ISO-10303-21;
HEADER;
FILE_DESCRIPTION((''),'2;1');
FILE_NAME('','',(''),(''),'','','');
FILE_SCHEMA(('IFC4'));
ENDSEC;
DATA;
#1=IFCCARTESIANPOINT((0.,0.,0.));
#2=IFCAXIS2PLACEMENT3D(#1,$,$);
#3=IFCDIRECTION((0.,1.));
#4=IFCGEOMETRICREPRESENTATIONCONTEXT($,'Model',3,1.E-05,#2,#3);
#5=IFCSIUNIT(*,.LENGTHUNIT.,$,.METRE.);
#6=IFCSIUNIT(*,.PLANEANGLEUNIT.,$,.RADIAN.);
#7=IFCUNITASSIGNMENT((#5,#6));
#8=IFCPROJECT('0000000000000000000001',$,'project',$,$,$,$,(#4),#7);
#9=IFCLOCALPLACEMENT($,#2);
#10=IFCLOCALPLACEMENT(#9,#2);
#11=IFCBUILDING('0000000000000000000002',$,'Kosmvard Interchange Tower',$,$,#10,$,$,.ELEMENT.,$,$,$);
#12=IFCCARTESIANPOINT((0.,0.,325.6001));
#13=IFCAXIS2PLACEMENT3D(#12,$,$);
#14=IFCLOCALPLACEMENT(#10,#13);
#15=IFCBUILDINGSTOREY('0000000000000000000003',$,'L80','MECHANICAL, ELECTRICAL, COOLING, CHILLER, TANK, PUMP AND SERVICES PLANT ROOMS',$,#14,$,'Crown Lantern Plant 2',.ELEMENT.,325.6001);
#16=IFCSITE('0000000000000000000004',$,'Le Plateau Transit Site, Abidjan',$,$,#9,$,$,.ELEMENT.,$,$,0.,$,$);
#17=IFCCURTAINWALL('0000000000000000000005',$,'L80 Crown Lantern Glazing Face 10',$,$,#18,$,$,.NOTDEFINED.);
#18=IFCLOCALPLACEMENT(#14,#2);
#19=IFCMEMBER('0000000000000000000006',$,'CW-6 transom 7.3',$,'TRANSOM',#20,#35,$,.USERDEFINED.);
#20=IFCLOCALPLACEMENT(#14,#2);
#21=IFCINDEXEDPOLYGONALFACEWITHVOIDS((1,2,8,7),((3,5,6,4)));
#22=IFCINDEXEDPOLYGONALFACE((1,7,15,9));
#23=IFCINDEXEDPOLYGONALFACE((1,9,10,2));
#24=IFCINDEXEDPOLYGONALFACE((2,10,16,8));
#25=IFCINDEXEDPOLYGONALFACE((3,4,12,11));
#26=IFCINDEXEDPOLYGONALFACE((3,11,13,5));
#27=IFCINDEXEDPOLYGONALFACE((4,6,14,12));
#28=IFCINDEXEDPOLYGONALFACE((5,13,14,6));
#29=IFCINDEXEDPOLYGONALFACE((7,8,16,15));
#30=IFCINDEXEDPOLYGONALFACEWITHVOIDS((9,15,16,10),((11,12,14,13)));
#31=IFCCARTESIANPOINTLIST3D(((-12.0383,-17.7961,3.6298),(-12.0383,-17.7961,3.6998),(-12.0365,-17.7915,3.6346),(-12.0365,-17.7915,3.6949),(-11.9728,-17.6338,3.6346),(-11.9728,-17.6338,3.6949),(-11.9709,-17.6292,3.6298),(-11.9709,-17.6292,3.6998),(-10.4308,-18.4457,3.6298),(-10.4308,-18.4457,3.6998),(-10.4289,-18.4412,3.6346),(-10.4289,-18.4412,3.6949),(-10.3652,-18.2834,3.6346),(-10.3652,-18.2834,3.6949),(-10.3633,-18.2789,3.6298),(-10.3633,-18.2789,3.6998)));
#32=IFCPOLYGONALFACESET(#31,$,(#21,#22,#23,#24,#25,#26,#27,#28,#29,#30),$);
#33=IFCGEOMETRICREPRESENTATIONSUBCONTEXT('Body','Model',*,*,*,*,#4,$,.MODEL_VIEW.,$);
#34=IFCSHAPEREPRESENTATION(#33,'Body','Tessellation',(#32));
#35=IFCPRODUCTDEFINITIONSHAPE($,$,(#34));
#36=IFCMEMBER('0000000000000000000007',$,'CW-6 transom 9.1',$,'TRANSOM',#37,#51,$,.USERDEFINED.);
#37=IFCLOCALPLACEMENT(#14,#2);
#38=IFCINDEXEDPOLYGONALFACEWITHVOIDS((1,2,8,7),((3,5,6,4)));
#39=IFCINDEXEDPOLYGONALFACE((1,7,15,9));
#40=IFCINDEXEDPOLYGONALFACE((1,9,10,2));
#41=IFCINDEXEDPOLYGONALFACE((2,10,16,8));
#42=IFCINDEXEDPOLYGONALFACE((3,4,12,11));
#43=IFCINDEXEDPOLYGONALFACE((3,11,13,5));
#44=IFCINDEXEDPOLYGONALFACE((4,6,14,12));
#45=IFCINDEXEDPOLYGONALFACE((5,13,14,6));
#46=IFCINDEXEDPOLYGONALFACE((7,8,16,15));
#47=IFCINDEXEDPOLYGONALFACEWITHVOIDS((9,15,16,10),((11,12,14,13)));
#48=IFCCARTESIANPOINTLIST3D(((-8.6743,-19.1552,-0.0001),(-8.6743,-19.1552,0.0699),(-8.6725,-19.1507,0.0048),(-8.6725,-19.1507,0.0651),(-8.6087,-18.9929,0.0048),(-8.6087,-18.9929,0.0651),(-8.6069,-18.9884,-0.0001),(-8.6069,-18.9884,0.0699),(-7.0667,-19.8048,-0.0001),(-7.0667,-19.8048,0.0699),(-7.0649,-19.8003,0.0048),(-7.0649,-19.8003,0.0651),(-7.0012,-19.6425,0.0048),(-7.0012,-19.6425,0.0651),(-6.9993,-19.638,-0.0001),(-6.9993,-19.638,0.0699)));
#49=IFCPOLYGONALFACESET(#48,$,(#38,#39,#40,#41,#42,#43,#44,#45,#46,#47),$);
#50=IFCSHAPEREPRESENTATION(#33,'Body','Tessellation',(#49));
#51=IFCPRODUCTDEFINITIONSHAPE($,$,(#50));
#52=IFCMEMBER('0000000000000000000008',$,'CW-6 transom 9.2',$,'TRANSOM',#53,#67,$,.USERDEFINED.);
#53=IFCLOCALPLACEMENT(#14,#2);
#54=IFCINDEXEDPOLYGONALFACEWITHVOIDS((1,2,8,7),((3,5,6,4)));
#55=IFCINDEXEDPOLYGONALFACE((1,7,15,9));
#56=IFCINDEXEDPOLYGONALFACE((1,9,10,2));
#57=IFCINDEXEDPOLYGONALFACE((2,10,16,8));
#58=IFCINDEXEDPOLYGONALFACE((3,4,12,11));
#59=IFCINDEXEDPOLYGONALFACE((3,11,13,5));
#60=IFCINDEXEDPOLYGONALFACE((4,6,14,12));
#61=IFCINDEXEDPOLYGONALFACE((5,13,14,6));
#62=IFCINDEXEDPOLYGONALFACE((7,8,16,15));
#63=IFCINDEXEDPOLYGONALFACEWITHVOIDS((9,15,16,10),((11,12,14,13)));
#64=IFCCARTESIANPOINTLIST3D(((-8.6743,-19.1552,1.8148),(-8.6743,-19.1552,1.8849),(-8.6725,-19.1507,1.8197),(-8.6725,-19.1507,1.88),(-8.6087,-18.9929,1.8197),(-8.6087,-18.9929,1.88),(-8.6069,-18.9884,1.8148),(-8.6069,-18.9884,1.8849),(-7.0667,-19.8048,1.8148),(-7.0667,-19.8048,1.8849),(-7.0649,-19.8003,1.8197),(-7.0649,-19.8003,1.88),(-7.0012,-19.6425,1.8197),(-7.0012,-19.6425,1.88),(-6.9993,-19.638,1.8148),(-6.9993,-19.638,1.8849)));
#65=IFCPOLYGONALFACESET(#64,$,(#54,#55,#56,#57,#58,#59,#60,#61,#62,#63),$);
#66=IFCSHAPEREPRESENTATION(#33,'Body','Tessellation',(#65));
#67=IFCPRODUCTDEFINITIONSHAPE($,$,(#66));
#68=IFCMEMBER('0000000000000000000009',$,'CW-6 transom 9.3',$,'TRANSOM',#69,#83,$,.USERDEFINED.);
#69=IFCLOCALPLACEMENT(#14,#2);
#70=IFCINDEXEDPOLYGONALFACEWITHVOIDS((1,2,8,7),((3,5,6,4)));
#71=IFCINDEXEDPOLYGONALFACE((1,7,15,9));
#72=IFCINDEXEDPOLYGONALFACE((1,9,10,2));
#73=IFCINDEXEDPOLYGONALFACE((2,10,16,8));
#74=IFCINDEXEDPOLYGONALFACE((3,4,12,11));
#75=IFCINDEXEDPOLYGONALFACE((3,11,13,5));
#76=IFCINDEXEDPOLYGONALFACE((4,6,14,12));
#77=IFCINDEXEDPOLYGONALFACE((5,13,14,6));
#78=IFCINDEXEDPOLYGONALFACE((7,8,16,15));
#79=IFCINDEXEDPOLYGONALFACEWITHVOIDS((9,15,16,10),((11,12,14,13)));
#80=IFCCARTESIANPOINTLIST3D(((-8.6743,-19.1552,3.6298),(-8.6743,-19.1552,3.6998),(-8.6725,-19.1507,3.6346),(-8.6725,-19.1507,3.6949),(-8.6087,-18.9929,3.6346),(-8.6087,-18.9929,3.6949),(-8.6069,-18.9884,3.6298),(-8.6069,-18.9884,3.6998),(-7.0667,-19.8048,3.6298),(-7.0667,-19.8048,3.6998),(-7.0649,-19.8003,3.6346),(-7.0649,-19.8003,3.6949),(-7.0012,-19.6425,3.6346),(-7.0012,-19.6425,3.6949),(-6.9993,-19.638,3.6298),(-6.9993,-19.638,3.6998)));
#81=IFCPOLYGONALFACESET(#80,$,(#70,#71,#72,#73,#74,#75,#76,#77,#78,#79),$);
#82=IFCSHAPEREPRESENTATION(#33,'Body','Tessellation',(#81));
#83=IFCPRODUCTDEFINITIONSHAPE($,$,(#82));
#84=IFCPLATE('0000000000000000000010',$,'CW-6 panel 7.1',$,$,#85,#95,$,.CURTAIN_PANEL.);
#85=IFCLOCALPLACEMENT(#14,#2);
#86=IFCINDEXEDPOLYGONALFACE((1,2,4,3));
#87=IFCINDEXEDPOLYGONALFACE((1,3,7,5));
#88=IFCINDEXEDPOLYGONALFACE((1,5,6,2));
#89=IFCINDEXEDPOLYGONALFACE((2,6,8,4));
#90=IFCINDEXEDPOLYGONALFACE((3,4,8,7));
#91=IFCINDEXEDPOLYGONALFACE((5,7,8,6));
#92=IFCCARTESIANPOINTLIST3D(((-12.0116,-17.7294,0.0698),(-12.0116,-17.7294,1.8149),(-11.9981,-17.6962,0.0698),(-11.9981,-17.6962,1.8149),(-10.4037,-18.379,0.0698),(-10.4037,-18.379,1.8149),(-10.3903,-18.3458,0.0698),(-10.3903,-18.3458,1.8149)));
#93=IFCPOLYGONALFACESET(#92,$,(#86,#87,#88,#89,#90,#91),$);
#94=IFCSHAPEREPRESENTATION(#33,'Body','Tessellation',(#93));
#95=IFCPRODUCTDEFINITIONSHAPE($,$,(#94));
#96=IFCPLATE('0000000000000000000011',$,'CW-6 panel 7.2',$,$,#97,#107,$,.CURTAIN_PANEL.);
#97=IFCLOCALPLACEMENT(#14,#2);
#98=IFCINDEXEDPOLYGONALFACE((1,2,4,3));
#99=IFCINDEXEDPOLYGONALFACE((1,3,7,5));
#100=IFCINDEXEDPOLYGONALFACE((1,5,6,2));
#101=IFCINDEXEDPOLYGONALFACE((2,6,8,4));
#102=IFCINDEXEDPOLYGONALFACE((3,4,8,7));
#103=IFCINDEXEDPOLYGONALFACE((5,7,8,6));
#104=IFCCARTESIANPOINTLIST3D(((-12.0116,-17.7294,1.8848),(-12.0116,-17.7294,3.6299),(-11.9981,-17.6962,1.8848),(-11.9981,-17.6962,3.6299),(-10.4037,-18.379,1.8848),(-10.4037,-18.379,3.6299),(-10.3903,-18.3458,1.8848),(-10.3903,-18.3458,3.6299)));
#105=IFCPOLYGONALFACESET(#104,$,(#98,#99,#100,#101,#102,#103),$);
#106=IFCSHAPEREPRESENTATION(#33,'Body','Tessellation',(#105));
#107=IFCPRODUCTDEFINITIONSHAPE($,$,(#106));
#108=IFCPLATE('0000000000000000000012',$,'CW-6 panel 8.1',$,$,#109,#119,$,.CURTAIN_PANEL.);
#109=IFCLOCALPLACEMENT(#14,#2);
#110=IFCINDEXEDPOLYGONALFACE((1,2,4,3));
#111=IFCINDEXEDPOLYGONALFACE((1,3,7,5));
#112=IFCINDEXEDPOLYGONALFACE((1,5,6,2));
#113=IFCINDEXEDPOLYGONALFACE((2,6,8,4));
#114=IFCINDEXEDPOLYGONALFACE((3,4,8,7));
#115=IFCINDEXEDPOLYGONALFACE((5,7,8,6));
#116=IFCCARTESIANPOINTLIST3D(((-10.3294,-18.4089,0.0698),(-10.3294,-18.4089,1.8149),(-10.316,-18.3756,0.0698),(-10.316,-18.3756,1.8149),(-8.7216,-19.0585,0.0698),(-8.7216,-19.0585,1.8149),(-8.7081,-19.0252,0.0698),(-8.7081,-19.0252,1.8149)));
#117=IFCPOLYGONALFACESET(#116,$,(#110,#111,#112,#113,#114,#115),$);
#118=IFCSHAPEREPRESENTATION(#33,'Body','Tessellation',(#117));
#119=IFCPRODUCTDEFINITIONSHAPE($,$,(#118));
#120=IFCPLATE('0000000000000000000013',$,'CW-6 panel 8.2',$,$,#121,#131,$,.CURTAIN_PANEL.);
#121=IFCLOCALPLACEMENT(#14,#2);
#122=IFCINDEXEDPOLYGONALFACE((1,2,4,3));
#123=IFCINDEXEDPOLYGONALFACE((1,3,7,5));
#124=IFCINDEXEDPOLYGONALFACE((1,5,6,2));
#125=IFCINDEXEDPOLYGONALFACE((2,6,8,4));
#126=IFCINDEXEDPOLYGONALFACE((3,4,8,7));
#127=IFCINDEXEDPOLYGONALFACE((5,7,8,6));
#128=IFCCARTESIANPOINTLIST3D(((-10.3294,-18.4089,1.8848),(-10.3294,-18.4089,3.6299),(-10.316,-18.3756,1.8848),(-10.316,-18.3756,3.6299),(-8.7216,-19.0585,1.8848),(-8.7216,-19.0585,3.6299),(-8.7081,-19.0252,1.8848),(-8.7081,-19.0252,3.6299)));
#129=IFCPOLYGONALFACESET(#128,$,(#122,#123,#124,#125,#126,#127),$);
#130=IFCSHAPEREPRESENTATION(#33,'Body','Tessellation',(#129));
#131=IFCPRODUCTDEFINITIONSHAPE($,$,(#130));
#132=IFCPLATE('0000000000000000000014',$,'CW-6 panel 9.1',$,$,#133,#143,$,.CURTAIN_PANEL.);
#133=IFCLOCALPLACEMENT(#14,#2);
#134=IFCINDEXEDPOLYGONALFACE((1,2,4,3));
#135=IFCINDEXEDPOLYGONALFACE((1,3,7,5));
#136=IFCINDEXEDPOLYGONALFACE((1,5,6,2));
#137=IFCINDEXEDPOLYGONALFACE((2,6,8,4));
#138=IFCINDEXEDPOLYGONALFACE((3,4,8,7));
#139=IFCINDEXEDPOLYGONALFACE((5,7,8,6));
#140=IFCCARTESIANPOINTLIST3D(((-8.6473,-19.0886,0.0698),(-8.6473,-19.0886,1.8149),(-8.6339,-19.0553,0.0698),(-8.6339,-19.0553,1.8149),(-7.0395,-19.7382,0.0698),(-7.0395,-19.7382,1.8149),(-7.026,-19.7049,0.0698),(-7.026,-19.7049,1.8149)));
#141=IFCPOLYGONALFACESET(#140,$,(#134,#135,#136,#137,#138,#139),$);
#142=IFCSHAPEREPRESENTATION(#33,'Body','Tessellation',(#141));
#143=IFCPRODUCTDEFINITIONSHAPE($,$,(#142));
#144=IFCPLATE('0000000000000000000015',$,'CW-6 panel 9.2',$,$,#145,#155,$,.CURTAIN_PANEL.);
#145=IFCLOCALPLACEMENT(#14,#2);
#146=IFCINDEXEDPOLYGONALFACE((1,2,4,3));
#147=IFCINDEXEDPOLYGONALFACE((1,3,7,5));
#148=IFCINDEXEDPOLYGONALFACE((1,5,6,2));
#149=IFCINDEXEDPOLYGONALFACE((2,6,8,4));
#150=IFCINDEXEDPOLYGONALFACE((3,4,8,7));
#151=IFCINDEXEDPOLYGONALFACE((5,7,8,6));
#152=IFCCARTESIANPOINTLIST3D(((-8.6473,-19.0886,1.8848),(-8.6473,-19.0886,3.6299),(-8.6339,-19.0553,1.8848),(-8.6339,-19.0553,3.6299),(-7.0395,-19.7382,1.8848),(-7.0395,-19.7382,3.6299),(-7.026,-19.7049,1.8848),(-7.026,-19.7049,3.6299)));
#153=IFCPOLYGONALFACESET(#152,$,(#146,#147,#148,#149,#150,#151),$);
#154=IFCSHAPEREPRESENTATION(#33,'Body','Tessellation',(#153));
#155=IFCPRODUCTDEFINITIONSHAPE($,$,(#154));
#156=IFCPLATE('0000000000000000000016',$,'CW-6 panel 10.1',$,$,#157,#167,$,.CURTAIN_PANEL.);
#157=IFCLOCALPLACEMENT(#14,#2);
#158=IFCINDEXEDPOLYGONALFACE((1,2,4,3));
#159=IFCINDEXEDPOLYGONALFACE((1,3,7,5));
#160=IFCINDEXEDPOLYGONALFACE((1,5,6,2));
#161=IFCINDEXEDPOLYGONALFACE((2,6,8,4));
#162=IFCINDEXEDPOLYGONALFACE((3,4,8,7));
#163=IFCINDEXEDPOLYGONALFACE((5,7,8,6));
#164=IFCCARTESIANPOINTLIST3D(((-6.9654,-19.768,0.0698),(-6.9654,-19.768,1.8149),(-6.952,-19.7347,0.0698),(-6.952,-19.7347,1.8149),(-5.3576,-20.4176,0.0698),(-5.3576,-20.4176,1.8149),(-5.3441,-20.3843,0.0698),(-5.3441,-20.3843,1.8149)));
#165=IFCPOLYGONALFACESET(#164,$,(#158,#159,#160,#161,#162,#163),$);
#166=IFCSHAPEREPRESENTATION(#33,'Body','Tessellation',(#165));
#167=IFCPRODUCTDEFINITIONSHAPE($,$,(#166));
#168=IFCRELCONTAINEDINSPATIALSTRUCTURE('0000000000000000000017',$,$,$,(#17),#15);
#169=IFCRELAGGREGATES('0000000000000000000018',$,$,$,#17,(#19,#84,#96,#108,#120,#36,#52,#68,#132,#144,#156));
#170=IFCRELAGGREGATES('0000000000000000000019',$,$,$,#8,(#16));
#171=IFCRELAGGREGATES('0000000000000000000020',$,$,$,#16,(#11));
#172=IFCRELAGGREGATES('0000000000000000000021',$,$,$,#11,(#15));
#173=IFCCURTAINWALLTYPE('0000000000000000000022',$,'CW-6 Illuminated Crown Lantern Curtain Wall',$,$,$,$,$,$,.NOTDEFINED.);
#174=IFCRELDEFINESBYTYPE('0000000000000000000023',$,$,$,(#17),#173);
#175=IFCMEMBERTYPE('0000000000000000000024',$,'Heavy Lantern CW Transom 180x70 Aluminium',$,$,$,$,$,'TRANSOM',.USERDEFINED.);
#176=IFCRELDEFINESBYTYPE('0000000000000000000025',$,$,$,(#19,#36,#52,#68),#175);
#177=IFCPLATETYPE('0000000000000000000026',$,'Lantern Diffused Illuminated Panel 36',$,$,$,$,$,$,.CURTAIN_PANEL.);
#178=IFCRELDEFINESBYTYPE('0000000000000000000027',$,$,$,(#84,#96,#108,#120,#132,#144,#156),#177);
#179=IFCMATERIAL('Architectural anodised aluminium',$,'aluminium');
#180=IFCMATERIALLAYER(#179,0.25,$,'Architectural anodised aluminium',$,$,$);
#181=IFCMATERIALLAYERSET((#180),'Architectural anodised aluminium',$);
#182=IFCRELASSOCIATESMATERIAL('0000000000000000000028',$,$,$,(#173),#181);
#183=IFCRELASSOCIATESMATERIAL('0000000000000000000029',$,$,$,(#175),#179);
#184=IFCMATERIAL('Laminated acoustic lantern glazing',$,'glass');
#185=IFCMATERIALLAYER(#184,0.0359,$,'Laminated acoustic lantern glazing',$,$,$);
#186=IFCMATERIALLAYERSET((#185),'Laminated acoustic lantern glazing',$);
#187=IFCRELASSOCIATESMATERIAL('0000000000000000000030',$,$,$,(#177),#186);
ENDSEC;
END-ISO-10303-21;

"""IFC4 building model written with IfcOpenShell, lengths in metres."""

from ifc_helpers import new_model, si_unit, direction, frame, origin, origin_2d, place, context, subcontext, project, spatial, rectangle, hollow_rectangle, extrude, source, transform, mapped, material, layer, layer_set, material_profile, profile_set, type_object, element, aggregate, save


model = new_model("IFC4")

# Units and contexts
model_context = context("Model", 3, precision=1e-05, world=origin(), true_north=direction((0.0, 1.0)))
body_context = subcontext(model_context, "Body", "Model", "MODEL_VIEW")
ifc_project = project(units=[si_unit("LENGTHUNIT", "METRE"), si_unit("PLANEANGLEUNIT", "RADIAN")], contexts=[model_context])

# Site, building, storey
site_placement = place(None, origin())
site = spatial("IfcSite", under=ifc_project, at=site_placement, Name="Le Plateau Transit Site, Abidjan", CompositionType="ELEMENT", RefElevation=0.0)
building_placement = place(site_placement, origin())
building = spatial("IfcBuilding", under=site, at=building_placement, Name="Kosmvard Interchange Tower", CompositionType="ELEMENT")
storey_placement = place(building_placement, frame((0.0, 0.0, 325.6001)))
storey = spatial("IfcBuildingStorey", under=building, at=storey_placement, Name="L80", Description="MECHANICAL, ELECTRICAL, COOLING, CHILLER, TANK, PUMP AND SERVICES PLANT ROOMS", LongName="Crown Lantern Plant 2", CompositionType="ELEMENT", Elevation=325.6001)

# Curtain wall, members, plates
ifc_material_1 = material(Name="Architectural anodised aluminium", Category="aluminium")
ifc_layer_1 = layer(ifc_material_1, 0.25, Name="Architectural anodised aluminium")
ifc_layer_set_1 = layer_set([ifc_layer_1], Name="Architectural anodised aluminium")
curtain_wall_type = type_object("IfcCurtainWallType", Name="CW-6 Illuminated Crown Lantern Curtain Wall", PredefinedType="NOTDEFINED", material=ifc_layer_set_1)
curtain_wall_placement = place(storey_placement, origin())
curtain_wall = element("IfcCurtainWall", 1, at=curtain_wall_placement, inside=storey, type_object=curtain_wall_type, Name="L80 Crown Lantern Glazing Face 10", PredefinedType="NOTDEFINED")
ifc_material_profile_1 = material_profile(ifc_material_1, hollow_rectangle(XDim=0.1799, YDim=0.0701, WallThickness=0.0049, at=origin_2d()), Name="CWT 180x70x5")
ifc_profile_set_1 = profile_set([ifc_material_profile_1], Name="Architectural anodised aluminium")
member_type_1 = type_object("IfcMemberType", Name="Heavy Lantern CW Transom 180x70 Aluminium", ElementType="TRANSOM", PredefinedType="USERDEFINED", material=ifc_profile_set_1)
shared_shape_1 = source(origin(), body_context, "Body", "SweptSolid", [
    extrude(hollow_rectangle(XDim=0.1799, YDim=0.0701, WallThickness=0.0049, at=origin_2d()), origin(), (0.0, 0.0, 1.0), 1.7339),
])
member_1_placement = place(storey_placement, frame((-12.0046, -17.7126, 3.6648), z_axis=(0.92716, -0.374666, 0.0), x_axis=(0.374666, 0.92716, 0.0)))
member_1 = element("IfcMember", 2, at=member_1_placement, type_object=member_type_1, Name="CW-6 transom 7.3", ObjectType="TRANSOM", PredefinedType="USERDEFINED", context=body_context, shape_type="MappedRepresentation", body=[
    mapped(shared_shape_1, transform((0.0, 0.0, 0.0), scale=1.0)),
])
member_2_placement = place(storey_placement, frame((-8.6406, -19.0718, 0.0349), z_axis=(0.92716, -0.374666, 0.0), x_axis=(0.374666, 0.92716, 0.0)))
member_2 = element("IfcMember", 3, at=member_2_placement, type_object=member_type_1, Name="CW-6 transom 9.1", ObjectType="TRANSOM", PredefinedType="USERDEFINED", context=body_context, shape_type="MappedRepresentation", body=[
    mapped(shared_shape_1, transform((0.0, 0.0, 0.0), scale=1.0)),
])
member_3_placement = place(storey_placement, frame((-8.6406, -19.0718, 1.8499), z_axis=(0.92716, -0.374666, 0.0), x_axis=(0.374666, 0.92716, 0.0)))
member_3 = element("IfcMember", 4, at=member_3_placement, type_object=member_type_1, Name="CW-6 transom 9.2", ObjectType="TRANSOM", PredefinedType="USERDEFINED", context=body_context, shape_type="MappedRepresentation", body=[
    mapped(shared_shape_1, transform((0.0, 0.0, 0.0), scale=1.0)),
])
member_4_placement = place(storey_placement, frame((-8.6406, -19.0718, 3.6648), z_axis=(0.92716, -0.374666, 0.0), x_axis=(0.374666, 0.92716, 0.0)))
member_4 = element("IfcMember", 5, at=member_4_placement, type_object=member_type_1, Name="CW-6 transom 9.3", ObjectType="TRANSOM", PredefinedType="USERDEFINED", context=body_context, shape_type="MappedRepresentation", body=[
    mapped(shared_shape_1, transform((0.0, 0.0, 0.0), scale=1.0)),
])
ifc_material_2 = material(Name="Laminated acoustic lantern glazing", Category="glass")
ifc_layer_2 = layer(ifc_material_2, 0.0359, Name="Laminated acoustic lantern glazing")
ifc_layer_set_2 = layer_set([ifc_layer_2], Name="Laminated acoustic lantern glazing")
plate_type = type_object("IfcPlateType", Name="Lantern Diffused Illuminated Panel 36", PredefinedType="CURTAIN_PANEL", material=ifc_layer_set_2)
shared_shape_2 = source(origin(), body_context, "Body", "SweptSolid", [
    extrude(rectangle(XDim=1.7341, YDim=0.0359, at=origin_2d()), origin(), (0.0, 0.0, 1.0), 1.7451),
])
plate_1_placement = place(storey_placement, frame((-11.2009, -18.0376, 0.0698), z_axis=(0.0, 0.0, 1.0), x_axis=(0.927184, -0.374607, 0.0)))
plate_1 = element("IfcPlate", 6, at=plate_1_placement, type_object=plate_type, Name="CW-6 panel 7.1", PredefinedType="CURTAIN_PANEL", context=body_context, shape_type="MappedRepresentation", body=[
    mapped(shared_shape_2, transform((0.0, 0.0, 0.0), scale=1.0)),
])
plate_2_placement = place(storey_placement, frame((-11.2009, -18.0376, 1.8848), z_axis=(0.0, 0.0, 1.0), x_axis=(0.927184, -0.374607, 0.0)))
plate_2 = element("IfcPlate", 7, at=plate_2_placement, type_object=plate_type, Name="CW-6 panel 7.2", PredefinedType="CURTAIN_PANEL", context=body_context, shape_type="MappedRepresentation", body=[
    mapped(shared_shape_2, transform((0.0, 0.0, 0.0), scale=1.0)),
])
plate_3_placement = place(storey_placement, frame((-9.5188, -18.717, 0.0698), z_axis=(0.0, 0.0, 1.0), x_axis=(0.927184, -0.374607, 0.0)))
plate_3 = element("IfcPlate", 8, at=plate_3_placement, type_object=plate_type, Name="CW-6 panel 8.1", PredefinedType="CURTAIN_PANEL", context=body_context, shape_type="MappedRepresentation", body=[
    mapped(shared_shape_2, transform((0.0, 0.0, 0.0), scale=1.0)),
])
plate_4_placement = place(storey_placement, frame((-9.5188, -18.717, 1.8848), z_axis=(0.0, 0.0, 1.0), x_axis=(0.927184, -0.374607, 0.0)))
plate_4 = element("IfcPlate", 9, at=plate_4_placement, type_object=plate_type, Name="CW-6 panel 8.2", PredefinedType="CURTAIN_PANEL", context=body_context, shape_type="MappedRepresentation", body=[
    mapped(shared_shape_2, transform((0.0, 0.0, 0.0), scale=1.0)),
])
plate_5_placement = place(storey_placement, frame((-7.8367, -19.3967, 0.0698), z_axis=(0.0, 0.0, 1.0), x_axis=(0.927184, -0.374607, 0.0)))
plate_5 = element("IfcPlate", 10, at=plate_5_placement, type_object=plate_type, Name="CW-6 panel 9.1", PredefinedType="CURTAIN_PANEL", context=body_context, shape_type="MappedRepresentation", body=[
    mapped(shared_shape_2, transform((0.0, 0.0, 0.0), scale=1.0)),
])
plate_6_placement = place(storey_placement, frame((-7.8367, -19.3967, 1.8848), z_axis=(0.0, 0.0, 1.0), x_axis=(0.927184, -0.374607, 0.0)))
plate_6 = element("IfcPlate", 11, at=plate_6_placement, type_object=plate_type, Name="CW-6 panel 9.2", PredefinedType="CURTAIN_PANEL", context=body_context, shape_type="MappedRepresentation", body=[
    mapped(shared_shape_2, transform((0.0, 0.0, 0.0), scale=1.0)),
])
plate_7_placement = place(storey_placement, frame((-6.1548, -20.0762, 0.0698), z_axis=(0.0, 0.0, 1.0), x_axis=(0.927184, -0.374607, 0.0)))
plate_7 = element("IfcPlate", 12, at=plate_7_placement, type_object=plate_type, Name="CW-6 panel 10.1", PredefinedType="CURTAIN_PANEL", context=body_context, shape_type="MappedRepresentation", body=[
    mapped(shared_shape_2, transform((0.0, 0.0, 0.0), scale=1.0)),
])
aggregate(curtain_wall, [member_1, plate_1, plate_2, plate_3, plate_4, member_2, member_3, member_4, plate_5, plate_6, plate_7])

save(model, "model.ifc")
